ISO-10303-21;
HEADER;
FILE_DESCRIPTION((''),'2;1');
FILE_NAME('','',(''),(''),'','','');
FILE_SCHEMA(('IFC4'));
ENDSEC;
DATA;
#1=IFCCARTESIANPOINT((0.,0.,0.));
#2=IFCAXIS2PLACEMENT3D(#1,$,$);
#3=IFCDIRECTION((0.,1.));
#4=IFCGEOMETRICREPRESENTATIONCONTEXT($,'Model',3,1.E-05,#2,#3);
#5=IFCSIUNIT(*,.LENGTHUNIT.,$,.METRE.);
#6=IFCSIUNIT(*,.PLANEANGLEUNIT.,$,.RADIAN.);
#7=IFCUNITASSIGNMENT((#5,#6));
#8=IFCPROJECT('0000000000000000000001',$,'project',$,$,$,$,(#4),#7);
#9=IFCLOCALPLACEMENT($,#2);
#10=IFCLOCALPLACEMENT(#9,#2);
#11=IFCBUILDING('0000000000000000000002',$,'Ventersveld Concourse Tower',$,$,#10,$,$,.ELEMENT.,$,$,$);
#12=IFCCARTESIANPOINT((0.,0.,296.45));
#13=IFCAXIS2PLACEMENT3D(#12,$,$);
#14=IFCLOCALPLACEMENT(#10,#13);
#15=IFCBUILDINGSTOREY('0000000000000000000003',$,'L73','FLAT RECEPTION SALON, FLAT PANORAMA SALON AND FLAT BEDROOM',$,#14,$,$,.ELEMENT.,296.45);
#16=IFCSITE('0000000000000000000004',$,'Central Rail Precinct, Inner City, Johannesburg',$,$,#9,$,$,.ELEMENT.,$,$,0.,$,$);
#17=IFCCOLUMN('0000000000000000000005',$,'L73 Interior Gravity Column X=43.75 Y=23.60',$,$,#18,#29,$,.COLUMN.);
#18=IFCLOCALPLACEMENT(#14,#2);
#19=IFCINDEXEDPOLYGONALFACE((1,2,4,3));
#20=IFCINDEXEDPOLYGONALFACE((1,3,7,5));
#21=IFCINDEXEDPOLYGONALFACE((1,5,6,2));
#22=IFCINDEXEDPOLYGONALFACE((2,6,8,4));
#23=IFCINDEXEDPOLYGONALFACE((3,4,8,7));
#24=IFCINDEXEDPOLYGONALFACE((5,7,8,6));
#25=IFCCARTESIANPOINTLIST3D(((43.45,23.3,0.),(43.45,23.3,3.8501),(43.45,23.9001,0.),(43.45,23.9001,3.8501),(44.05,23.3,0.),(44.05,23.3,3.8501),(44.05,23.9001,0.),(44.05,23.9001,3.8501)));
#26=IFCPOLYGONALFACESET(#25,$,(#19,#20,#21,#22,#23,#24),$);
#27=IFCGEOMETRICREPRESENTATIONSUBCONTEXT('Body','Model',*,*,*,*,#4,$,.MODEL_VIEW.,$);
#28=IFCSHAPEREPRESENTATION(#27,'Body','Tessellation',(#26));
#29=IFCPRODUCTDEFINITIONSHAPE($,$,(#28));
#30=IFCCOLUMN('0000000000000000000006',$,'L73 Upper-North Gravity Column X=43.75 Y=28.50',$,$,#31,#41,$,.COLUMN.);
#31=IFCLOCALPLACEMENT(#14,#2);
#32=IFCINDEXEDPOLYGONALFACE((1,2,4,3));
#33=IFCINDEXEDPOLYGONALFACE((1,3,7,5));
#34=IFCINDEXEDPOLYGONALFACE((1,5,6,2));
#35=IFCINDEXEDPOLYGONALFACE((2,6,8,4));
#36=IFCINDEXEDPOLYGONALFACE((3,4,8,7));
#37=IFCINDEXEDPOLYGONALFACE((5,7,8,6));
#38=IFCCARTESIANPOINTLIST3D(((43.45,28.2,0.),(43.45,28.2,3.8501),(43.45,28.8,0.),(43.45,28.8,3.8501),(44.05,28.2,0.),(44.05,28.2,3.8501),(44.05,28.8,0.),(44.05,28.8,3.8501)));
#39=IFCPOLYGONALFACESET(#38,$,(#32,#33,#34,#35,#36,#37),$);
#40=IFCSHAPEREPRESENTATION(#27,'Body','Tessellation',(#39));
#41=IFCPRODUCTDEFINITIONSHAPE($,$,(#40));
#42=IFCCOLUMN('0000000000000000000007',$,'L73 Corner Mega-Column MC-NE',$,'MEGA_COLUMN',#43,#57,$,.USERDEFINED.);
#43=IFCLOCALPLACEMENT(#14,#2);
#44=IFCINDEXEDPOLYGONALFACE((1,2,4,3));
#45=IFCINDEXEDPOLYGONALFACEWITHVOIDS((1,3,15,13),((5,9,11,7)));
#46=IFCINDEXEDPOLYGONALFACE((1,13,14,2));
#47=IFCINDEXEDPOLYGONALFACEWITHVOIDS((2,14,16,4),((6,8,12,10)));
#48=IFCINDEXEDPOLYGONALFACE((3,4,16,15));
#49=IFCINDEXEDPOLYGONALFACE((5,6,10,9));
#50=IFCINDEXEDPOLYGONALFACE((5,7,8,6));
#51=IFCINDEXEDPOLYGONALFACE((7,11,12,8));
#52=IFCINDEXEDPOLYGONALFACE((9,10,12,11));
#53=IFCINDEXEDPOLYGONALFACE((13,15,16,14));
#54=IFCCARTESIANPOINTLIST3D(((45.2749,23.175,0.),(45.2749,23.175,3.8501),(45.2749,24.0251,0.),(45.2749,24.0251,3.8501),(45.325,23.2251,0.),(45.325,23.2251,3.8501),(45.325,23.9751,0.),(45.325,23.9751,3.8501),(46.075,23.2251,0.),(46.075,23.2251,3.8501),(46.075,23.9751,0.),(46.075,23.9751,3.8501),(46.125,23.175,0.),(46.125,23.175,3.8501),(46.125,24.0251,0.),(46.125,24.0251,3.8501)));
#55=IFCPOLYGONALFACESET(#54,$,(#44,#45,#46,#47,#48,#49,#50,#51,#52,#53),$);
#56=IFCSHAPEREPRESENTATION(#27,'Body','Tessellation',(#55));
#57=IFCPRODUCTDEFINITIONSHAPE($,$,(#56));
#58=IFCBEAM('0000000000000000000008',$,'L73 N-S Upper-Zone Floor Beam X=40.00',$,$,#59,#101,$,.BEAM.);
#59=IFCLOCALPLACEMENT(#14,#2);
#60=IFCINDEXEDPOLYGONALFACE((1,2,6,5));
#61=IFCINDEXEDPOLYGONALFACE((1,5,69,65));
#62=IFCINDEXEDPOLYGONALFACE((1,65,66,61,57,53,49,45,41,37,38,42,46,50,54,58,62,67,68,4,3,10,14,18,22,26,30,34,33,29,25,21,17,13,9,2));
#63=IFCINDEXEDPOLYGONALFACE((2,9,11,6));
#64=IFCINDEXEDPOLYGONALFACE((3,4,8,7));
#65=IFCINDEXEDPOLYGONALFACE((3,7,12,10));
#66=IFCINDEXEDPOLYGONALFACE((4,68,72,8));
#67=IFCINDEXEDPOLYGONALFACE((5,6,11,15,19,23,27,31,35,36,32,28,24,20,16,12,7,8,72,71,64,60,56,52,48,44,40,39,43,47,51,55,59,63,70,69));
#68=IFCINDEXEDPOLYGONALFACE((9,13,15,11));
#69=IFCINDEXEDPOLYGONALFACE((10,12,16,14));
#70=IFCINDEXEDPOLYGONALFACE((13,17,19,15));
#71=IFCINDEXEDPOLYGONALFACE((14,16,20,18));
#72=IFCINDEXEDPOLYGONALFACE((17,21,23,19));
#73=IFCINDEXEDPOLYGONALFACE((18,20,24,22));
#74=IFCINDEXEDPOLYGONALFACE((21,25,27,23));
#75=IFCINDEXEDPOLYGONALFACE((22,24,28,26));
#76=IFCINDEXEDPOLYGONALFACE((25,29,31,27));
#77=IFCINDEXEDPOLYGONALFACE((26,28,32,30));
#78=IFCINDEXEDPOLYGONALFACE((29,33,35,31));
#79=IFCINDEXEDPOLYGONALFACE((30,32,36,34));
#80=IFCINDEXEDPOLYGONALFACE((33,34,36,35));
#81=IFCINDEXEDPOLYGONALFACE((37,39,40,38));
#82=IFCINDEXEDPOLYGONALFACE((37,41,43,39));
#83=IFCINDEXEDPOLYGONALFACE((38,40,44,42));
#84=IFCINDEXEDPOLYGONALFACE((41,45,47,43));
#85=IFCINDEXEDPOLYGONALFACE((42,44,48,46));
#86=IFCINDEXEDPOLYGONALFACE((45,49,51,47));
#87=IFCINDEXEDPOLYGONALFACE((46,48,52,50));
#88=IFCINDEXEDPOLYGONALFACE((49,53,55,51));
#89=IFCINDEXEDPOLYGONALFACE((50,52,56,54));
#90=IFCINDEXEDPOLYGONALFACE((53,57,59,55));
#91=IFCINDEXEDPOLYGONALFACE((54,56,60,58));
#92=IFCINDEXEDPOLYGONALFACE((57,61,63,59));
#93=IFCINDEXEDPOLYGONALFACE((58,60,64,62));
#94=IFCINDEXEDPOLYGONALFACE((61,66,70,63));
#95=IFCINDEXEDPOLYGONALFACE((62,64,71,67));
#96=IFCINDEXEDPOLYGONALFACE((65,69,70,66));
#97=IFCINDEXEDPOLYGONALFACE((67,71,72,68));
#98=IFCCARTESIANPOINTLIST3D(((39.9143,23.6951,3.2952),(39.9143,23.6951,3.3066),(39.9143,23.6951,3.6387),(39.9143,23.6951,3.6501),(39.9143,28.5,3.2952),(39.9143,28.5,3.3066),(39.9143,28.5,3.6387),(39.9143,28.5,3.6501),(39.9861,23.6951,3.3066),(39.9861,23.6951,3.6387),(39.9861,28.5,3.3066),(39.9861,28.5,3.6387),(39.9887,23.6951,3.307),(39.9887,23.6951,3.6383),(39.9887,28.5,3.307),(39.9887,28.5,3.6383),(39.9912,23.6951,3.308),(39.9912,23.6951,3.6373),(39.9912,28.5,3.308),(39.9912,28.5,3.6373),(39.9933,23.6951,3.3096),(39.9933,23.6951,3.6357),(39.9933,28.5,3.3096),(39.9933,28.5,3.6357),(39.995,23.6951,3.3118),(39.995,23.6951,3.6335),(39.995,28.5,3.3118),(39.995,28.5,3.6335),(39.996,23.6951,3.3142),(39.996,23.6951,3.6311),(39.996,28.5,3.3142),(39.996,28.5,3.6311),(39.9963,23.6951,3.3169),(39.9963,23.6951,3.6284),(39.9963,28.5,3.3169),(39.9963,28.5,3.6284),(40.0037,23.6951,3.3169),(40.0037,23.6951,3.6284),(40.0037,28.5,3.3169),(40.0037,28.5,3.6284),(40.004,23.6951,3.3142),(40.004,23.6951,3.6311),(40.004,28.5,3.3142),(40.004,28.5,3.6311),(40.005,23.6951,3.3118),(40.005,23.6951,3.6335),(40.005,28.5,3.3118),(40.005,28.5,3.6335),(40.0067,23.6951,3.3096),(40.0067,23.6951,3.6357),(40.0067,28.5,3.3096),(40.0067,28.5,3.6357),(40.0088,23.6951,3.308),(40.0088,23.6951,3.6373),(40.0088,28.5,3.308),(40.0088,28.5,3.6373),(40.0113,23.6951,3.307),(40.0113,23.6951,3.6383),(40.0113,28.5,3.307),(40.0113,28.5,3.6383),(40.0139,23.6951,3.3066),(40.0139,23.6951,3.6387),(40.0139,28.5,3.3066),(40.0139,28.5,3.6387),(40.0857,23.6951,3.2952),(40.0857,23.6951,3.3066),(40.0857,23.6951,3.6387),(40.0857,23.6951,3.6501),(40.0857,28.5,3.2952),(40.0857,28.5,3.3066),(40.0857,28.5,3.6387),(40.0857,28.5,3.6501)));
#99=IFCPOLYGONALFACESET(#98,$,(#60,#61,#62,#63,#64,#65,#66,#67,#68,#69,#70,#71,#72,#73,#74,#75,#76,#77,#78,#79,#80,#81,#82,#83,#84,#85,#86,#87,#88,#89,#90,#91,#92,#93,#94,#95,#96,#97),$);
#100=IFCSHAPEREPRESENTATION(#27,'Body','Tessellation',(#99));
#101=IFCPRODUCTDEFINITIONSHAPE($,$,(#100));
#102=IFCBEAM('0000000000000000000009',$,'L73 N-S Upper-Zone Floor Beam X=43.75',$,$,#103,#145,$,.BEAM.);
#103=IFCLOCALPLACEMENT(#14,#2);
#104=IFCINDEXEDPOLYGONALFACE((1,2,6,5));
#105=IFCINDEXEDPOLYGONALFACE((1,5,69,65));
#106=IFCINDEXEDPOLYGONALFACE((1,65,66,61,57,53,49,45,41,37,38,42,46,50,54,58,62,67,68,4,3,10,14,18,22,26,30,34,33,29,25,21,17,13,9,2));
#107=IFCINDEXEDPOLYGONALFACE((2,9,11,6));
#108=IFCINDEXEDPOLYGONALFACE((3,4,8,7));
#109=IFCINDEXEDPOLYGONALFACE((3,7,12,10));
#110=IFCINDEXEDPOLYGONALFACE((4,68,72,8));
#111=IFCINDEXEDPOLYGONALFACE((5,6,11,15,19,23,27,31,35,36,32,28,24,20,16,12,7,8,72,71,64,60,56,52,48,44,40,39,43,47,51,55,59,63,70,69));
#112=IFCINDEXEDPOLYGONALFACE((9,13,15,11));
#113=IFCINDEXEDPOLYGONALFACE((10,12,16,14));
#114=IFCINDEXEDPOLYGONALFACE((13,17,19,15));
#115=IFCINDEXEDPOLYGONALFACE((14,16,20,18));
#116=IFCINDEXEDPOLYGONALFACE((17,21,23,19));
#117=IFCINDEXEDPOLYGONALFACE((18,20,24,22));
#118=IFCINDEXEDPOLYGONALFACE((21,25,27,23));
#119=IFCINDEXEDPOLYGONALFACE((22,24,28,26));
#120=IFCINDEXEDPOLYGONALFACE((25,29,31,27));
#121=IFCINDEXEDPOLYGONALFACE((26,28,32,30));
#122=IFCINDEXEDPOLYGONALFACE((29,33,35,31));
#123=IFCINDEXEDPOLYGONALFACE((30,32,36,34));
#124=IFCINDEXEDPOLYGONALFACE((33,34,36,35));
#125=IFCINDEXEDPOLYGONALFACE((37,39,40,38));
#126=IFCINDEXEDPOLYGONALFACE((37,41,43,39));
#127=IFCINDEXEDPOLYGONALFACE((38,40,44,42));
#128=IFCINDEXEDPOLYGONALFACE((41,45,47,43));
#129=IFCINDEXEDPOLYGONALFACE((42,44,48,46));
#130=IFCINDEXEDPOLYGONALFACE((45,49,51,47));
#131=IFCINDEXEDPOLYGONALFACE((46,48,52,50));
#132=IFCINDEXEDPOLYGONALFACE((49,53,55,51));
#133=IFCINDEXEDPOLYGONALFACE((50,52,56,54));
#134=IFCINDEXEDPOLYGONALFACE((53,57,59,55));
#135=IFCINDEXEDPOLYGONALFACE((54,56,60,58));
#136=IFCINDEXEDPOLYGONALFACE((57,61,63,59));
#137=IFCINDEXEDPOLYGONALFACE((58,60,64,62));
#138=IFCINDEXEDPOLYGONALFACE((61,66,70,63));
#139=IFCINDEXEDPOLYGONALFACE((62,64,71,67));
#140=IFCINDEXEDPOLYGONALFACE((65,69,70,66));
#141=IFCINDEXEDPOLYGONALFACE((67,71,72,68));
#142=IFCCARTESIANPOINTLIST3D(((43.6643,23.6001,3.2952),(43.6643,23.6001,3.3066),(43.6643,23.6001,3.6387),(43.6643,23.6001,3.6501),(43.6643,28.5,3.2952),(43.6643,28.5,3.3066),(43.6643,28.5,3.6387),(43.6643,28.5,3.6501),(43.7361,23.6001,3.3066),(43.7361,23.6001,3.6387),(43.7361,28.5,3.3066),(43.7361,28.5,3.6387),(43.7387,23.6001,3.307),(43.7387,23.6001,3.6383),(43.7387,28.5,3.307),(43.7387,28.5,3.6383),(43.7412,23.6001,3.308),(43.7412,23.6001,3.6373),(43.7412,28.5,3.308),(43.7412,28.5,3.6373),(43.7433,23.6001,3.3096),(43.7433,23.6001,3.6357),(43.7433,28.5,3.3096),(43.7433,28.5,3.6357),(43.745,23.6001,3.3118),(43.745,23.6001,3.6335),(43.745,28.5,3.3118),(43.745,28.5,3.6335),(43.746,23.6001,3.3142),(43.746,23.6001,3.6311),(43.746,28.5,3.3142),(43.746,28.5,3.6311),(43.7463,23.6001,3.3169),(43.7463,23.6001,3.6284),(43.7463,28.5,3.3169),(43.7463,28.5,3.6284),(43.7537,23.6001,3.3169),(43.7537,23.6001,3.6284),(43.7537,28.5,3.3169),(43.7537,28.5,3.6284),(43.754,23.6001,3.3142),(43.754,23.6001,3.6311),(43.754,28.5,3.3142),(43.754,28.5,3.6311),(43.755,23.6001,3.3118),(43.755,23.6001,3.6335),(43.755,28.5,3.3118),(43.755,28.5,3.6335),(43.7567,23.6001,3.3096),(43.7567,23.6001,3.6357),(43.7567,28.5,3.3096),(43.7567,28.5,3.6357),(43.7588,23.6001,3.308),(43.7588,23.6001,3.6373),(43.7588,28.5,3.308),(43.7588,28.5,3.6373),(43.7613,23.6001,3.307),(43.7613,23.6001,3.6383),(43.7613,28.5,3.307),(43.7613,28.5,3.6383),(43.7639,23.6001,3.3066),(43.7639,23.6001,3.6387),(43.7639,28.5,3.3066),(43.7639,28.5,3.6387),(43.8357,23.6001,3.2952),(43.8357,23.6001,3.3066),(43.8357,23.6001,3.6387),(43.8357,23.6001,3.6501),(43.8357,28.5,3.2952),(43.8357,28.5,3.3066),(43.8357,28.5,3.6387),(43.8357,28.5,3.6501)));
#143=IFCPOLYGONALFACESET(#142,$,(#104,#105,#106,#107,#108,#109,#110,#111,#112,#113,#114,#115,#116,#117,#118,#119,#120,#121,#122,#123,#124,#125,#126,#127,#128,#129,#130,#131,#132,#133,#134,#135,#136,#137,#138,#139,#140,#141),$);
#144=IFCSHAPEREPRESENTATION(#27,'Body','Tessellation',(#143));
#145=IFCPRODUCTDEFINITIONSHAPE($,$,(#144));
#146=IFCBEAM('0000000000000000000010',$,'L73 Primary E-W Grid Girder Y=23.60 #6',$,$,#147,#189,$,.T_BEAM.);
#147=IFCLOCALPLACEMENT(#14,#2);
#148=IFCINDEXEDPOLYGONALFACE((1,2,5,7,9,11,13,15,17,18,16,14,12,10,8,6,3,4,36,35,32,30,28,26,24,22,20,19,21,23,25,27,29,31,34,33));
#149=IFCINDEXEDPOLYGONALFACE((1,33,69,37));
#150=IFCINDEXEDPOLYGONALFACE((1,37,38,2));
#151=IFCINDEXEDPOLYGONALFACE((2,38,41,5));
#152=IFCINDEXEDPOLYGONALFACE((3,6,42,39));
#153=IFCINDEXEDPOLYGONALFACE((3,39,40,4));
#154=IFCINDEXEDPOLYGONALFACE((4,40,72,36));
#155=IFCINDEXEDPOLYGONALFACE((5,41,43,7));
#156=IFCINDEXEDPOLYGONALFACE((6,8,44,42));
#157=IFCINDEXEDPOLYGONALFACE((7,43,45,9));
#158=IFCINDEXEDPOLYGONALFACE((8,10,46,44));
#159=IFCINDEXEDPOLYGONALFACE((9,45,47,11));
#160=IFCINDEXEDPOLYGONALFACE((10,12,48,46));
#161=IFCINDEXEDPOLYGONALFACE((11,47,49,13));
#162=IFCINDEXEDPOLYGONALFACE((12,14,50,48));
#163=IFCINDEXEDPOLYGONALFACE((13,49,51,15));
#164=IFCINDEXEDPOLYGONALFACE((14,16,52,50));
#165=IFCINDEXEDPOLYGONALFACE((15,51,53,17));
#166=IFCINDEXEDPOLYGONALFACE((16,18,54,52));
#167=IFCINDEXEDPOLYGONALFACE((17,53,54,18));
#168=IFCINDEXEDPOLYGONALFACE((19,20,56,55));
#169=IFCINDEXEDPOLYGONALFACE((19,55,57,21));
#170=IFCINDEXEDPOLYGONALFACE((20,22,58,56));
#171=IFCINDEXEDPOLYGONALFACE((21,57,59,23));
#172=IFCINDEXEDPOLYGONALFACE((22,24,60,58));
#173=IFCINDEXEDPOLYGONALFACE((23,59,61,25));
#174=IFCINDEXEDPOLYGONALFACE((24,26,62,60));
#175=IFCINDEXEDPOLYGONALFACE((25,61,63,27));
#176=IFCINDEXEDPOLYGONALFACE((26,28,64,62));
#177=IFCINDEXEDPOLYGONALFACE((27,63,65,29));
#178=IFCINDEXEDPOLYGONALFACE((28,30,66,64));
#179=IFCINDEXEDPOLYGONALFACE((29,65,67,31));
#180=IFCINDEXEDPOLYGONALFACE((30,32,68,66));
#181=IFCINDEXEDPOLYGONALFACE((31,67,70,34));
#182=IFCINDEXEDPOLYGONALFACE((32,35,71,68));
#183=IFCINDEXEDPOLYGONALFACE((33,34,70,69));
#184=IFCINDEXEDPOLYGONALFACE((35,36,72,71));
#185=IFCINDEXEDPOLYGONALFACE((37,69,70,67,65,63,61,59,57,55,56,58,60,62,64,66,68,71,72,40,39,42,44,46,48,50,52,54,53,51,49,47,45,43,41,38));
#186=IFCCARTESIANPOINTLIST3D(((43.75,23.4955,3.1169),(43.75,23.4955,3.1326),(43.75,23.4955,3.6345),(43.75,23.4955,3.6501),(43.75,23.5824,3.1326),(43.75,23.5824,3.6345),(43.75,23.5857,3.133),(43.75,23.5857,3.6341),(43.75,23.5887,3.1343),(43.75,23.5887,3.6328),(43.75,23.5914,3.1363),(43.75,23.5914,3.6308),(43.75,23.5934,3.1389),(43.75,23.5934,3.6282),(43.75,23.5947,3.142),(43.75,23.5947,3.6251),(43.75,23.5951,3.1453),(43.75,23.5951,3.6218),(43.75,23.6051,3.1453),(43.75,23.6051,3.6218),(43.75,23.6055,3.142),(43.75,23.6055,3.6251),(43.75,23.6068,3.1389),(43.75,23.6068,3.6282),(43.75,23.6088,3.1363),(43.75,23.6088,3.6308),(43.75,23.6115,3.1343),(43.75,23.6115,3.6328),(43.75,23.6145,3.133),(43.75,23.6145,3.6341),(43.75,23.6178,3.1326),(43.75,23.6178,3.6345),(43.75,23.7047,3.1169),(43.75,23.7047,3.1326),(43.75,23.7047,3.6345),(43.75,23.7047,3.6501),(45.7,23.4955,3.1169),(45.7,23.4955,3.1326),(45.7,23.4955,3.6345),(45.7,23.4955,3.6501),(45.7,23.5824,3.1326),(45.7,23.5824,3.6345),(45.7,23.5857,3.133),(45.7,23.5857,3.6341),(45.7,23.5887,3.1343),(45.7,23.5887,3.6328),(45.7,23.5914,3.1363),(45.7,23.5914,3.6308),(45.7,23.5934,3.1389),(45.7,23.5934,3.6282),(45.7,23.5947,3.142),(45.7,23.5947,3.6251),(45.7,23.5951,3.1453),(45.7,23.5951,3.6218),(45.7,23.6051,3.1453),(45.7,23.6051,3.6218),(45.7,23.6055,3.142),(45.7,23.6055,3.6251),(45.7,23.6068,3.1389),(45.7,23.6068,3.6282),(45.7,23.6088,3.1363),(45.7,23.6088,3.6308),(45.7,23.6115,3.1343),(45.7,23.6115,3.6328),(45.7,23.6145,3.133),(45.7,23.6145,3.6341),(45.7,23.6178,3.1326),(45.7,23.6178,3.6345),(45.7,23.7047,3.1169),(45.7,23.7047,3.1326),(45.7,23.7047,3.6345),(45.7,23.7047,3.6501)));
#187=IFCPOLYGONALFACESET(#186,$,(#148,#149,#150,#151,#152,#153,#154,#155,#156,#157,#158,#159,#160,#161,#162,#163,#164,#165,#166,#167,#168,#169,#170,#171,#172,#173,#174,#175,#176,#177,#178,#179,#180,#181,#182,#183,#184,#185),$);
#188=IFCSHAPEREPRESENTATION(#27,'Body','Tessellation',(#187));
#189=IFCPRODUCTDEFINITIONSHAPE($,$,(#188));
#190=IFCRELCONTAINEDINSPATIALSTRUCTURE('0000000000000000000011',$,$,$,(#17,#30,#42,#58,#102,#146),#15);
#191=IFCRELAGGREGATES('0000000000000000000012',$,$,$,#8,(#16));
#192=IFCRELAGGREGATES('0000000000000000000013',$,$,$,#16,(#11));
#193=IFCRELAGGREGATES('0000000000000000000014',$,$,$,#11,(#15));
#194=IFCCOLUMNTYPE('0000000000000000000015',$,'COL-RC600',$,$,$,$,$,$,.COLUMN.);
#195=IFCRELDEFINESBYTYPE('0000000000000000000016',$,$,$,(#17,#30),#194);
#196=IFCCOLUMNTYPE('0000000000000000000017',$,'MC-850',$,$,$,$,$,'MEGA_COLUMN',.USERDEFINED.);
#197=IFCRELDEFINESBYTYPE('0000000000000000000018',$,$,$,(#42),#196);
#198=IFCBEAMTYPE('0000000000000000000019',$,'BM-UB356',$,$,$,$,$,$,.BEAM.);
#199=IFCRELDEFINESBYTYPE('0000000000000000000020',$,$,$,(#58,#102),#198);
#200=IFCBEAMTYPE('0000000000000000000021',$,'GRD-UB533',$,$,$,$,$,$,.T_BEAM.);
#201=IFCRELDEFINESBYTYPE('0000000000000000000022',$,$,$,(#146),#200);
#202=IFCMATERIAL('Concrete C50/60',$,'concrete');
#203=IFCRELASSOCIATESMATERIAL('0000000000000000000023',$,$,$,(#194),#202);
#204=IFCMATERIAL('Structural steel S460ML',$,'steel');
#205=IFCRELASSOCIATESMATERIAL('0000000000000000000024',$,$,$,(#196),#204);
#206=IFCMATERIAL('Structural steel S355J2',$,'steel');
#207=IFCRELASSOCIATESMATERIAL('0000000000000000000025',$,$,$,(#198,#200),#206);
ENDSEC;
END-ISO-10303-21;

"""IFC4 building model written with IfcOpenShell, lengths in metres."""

from ifc_helpers import new_model, si_unit, direction, frame, origin, origin_2d, place, context, subcontext, project, spatial, rectangle, hollow_rectangle, i_section, extrude, material, material_profile, profile_set, type_object, element, save


model = new_model("IFC4")

# Units and contexts
model_context = context("Model", 3, precision=1e-05, world=origin(), true_north=direction((0.0, 1.0)))
body_context = subcontext(model_context, "Body", "Model", "MODEL_VIEW")
ifc_project = project(units=[si_unit("LENGTHUNIT", "METRE"), si_unit("PLANEANGLEUNIT", "RADIAN")], contexts=[model_context])

# Site, building, storey
site_placement = place(None, origin())
site = spatial("IfcSite", under=ifc_project, at=site_placement, Name="Central Rail Precinct, Inner City, Johannesburg", CompositionType="ELEMENT", RefElevation=0.0)
building_placement = place(site_placement, origin())
building = spatial("IfcBuilding", under=site, at=building_placement, Name="Ventersveld Concourse Tower", CompositionType="ELEMENT")
storey_placement = place(building_placement, frame((0.0, 0.0, 296.45)))
storey = spatial("IfcBuildingStorey", under=building, at=storey_placement, Name="L73", Description="FLAT RECEPTION SALON, FLAT PANORAMA SALON AND FLAT BEDROOM", CompositionType="ELEMENT", Elevation=296.45)

# Columns
ifc_material_1 = material(Name="Concrete C50/60", Category="concrete")
ifc_material_profile_1 = material_profile(ifc_material_1, rectangle(XDim=0.6001, YDim=0.6001, at=origin_2d()), Name="RC 600x600")
ifc_profile_set_1 = profile_set([ifc_material_profile_1], Name="Concrete C50/60")
column_type_1 = type_object("IfcColumnType", Name="COL-RC600", PredefinedType="COLUMN", material=ifc_profile_set_1)
for number, where, z_axis, x_axis, name in (
    (1, (43.75, 23.6001, 0.0), (0.0, 0.0, 1.0), (1.0, 0.0, 0.0), "L73 Interior Gravity Column X=43.75 Y=23.60"),
    (2, (43.75, 28.5, 0.0), (0.0, 0.0, 1.0), (1.0, 0.0, 0.0), "L73 Upper-North Gravity Column X=43.75 Y=28.50"),
):
    element("IfcColumn", number, at=place(storey_placement, frame(where, z_axis=z_axis, x_axis=x_axis)), inside=storey, type_object=column_type_1, Name=name, PredefinedType="COLUMN", context=body_context, shape_type="SweptSolid", body=[
        extrude(rectangle(XDim=0.6001, YDim=0.6001, at=origin_2d()), origin(), (0.0, 0.0, 1.0), 3.8501),
    ])
ifc_material_2 = material(Name="Structural steel S460ML", Category="steel")
ifc_material_profile_2 = material_profile(ifc_material_2, hollow_rectangle(XDim=0.8501, YDim=0.8501, WallThickness=0.05, at=origin_2d()), Name="BOX 850x850x50")
ifc_profile_set_2 = profile_set([ifc_material_profile_2], Name="Structural steel S460ML")
column_type_2 = type_object("IfcColumnType", Name="MC-850", ElementType="MEGA_COLUMN", PredefinedType="USERDEFINED", material=ifc_profile_set_2)
column_placement = place(storey_placement, frame((45.7, 23.6001, 0.0), z_axis=(0.0, 0.0, 1.0), x_axis=(1.0, 0.0, 0.0)))
element("IfcColumn", 3, at=column_placement, inside=storey, type_object=column_type_2, Name="L73 Corner Mega-Column MC-NE", ObjectType="MEGA_COLUMN", PredefinedType="USERDEFINED", context=body_context, shape_type="SweptSolid", body=[
    extrude(hollow_rectangle(XDim=0.8501, YDim=0.8501, WallThickness=0.05, at=origin_2d()), origin(), (0.0, 0.0, 1.0), 3.8501),
])

# Beams
ifc_material_3 = material(Name="Structural steel S355J2", Category="steel")
ifc_material_profile_3 = material_profile(ifc_material_3, i_section(OverallWidth=0.1714, OverallDepth=0.355, WebThickness=0.0073, FlangeThickness=0.0115, FilletRadius=0.0103, at=origin_2d()), Name="UB 356x171x51")
ifc_profile_set_3 = profile_set([ifc_material_profile_3], Name="Structural steel S355J2")
beam_type_1 = type_object("IfcBeamType", Name="BM-UB356", PredefinedType="BEAM", material=ifc_profile_set_3)
beam_1_placement = place(storey_placement, frame((40.0, 23.6951, 3.4727), z_axis=(0.0, 1.0, 0.0), x_axis=(-1.0, 0.0, 0.0)))
element("IfcBeam", 4, at=beam_1_placement, inside=storey, type_object=beam_type_1, Name="L73 N-S Upper-Zone Floor Beam X=40.00", PredefinedType="BEAM", context=body_context, shape_type="SweptSolid", body=[
    extrude(i_section(OverallWidth=0.1714, OverallDepth=0.355, WebThickness=0.0073, FlangeThickness=0.0115, FilletRadius=0.0103, at=origin_2d()), origin(), (0.0, 0.0, 1.0), 4.8049),
])
beam_2_placement = place(storey_placement, frame((43.75, 23.6001, 3.4727), z_axis=(0.0, 1.0, 0.0), x_axis=(-1.0, 0.0, 0.0)))
element("IfcBeam", 5, at=beam_2_placement, inside=storey, type_object=beam_type_1, Name="L73 N-S Upper-Zone Floor Beam X=43.75", PredefinedType="BEAM", context=body_context, shape_type="SweptSolid", body=[
    extrude(i_section(OverallWidth=0.1714, OverallDepth=0.355, WebThickness=0.0073, FlangeThickness=0.0115, FilletRadius=0.0103, at=origin_2d()), origin(), (0.0, 0.0, 1.0), 4.8999),
])
ifc_material_profile_4 = material_profile(ifc_material_3, i_section(OverallWidth=0.2092, OverallDepth=0.5332, WebThickness=0.01, FlangeThickness=0.0156, FilletRadius=0.0127, at=origin_2d()), Name="UB 533x210x92")
ifc_profile_set_4 = profile_set([ifc_material_profile_4], Name="Structural steel S355J2")
beam_type_2 = type_object("IfcBeamType", Name="GRD-UB533", PredefinedType="T_BEAM", material=ifc_profile_set_4)
beam_3_placement = place(storey_placement, frame((43.75, 23.6001, 3.3835), z_axis=(1.0, 0.0, 0.0), x_axis=(0.0, 1.0, 0.0)))
element("IfcBeam", 6, at=beam_3_placement, inside=storey, type_object=beam_type_2, Name="L73 Primary E-W Grid Girder Y=23.60 #6", PredefinedType="T_BEAM", context=body_context, shape_type="SweptSolid", body=[
    extrude(i_section(OverallWidth=0.2092, OverallDepth=0.5332, WebThickness=0.01, FlangeThickness=0.0156, FilletRadius=0.0127, at=origin_2d()), origin(), (0.0, 0.0, 1.0), 1.95),
])

save(model, "model.ifc")
